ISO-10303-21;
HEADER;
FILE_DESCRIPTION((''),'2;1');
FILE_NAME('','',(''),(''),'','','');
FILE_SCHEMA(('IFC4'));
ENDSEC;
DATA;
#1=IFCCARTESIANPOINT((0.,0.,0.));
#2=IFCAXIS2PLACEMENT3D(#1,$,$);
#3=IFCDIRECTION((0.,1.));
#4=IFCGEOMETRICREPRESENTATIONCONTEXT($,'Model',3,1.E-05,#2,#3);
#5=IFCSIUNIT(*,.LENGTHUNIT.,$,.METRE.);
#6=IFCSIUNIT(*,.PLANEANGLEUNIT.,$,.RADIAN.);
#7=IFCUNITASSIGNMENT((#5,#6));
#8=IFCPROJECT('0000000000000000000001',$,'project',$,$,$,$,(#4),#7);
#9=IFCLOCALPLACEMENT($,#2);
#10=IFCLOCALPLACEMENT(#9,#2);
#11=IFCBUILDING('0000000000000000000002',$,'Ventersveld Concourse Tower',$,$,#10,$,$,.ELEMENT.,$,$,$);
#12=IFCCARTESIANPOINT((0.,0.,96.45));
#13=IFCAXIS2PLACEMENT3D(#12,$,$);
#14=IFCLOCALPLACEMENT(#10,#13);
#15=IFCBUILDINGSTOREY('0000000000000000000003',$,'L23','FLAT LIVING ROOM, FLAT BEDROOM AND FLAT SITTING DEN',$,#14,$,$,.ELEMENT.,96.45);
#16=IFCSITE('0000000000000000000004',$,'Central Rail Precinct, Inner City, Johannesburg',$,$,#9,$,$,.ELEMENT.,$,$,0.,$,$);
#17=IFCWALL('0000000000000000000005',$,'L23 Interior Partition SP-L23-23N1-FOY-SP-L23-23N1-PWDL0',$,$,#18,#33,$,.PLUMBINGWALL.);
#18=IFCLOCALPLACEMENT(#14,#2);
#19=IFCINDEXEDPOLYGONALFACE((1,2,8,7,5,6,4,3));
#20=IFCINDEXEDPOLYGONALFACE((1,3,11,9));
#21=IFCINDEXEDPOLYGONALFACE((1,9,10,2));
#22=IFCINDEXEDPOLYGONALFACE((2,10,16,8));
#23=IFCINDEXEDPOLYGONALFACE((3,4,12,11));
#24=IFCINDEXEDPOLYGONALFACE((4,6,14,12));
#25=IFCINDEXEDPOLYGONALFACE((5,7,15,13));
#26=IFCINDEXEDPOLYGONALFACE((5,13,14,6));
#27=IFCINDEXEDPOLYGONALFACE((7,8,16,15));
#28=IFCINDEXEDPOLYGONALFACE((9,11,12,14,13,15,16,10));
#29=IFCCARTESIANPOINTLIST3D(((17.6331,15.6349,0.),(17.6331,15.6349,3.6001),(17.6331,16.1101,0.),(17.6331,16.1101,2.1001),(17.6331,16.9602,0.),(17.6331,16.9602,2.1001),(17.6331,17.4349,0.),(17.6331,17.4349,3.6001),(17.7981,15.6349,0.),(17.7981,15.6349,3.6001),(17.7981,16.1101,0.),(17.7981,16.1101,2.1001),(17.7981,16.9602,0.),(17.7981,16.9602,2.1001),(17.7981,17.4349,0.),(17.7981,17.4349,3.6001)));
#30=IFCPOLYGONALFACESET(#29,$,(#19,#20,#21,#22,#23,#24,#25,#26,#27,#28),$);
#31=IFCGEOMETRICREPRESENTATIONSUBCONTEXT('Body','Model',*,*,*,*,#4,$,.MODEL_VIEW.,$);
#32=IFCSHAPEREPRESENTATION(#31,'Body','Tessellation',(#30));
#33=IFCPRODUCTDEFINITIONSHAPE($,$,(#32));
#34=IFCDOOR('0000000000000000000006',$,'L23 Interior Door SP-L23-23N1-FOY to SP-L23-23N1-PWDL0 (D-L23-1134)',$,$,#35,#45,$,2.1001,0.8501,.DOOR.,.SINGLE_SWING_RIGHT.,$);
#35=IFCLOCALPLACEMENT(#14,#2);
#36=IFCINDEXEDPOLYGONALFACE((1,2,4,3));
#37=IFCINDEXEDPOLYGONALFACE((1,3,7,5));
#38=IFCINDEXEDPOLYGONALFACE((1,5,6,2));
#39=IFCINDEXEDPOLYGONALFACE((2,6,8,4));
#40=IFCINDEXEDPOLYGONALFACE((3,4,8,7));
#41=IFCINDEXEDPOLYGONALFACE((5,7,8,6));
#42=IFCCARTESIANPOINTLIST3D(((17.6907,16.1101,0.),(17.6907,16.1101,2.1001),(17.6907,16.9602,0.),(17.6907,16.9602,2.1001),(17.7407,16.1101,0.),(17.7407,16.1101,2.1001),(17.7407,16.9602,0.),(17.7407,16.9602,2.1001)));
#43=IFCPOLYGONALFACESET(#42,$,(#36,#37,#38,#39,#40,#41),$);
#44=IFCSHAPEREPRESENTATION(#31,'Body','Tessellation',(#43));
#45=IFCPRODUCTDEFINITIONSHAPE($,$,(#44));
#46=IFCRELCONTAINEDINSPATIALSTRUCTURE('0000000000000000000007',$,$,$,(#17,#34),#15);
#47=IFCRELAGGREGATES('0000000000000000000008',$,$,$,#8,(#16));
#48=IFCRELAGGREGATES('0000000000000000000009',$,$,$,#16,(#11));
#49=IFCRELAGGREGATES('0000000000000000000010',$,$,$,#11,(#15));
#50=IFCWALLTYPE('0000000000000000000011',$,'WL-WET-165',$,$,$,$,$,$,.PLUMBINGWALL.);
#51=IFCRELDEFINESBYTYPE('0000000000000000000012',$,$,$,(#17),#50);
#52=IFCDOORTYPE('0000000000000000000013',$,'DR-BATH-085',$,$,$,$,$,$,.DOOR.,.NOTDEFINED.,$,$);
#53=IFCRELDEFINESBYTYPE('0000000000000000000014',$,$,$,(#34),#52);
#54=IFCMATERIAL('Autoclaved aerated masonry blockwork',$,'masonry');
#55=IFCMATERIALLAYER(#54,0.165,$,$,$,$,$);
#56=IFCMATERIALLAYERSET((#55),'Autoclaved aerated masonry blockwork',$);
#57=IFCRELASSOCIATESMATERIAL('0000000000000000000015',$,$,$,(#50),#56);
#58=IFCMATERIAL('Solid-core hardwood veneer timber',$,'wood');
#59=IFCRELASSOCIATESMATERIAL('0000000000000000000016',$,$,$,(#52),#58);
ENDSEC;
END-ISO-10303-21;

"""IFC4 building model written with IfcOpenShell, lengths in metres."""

from ifc_helpers import new_model, si_unit, direction, frame, frame_2d, origin, place, context, subcontext, project, spatial, rectangle, extrude, material, layer, layer_set, type_object, element, fill, save


model = new_model("IFC4")

# Units and contexts
model_context = context("Model", 3, precision=1e-05, world=origin(), true_north=direction((0.0, 1.0)))
body_context = subcontext(model_context, "Body", "Model", "MODEL_VIEW")
ifc_project = project(units=[si_unit("LENGTHUNIT", "METRE"), si_unit("PLANEANGLEUNIT", "RADIAN")], contexts=[model_context])

# Site, building, storey
site_placement = place(None, origin())
site = spatial("IfcSite", under=ifc_project, at=site_placement, Name="Central Rail Precinct, Inner City, Johannesburg", CompositionType="ELEMENT", RefElevation=0.0)
building_placement = place(site_placement, origin())
building = spatial("IfcBuilding", under=site, at=building_placement, Name="Ventersveld Concourse Tower", CompositionType="ELEMENT")
storey_placement = place(building_placement, frame((0.0, 0.0, 96.45)))
storey = spatial("IfcBuildingStorey", under=building, at=storey_placement, Name="L23", Description="FLAT LIVING ROOM, FLAT BEDROOM AND FLAT SITTING DEN", CompositionType="ELEMENT", Elevation=96.45)

# Shared definitions
ifc_material_1 = material(Name="Solid-core hardwood veneer timber", Category="wood")

# Shared definitions
ifc_material_2 = material(Name="Autoclaved aerated masonry blockwork", Category="masonry")

# Wall, opening, door
ifc_layer_1 = layer(ifc_material_2, 0.165)
ifc_layer_set_1 = layer_set([ifc_layer_1], Name="Autoclaved aerated masonry blockwork")
wall_type_1 = type_object("IfcWallType", Name="WL-WET-165", PredefinedType="PLUMBINGWALL", material=ifc_layer_set_1)
wall_1_placement = place(storey_placement, frame((17.7156, 15.635, 0.0), z_axis=(0.0, 0.0, 1.0), x_axis=(0.0, 1.0, 0.0)))
wall_1 = element("IfcWall", 1, at=wall_1_placement, inside=storey, type_object=wall_type_1, Name="L23 Interior Partition SP-L23-23N1-FOY-SP-L23-23N1-PWDL0", PredefinedType="PLUMBINGWALL", context=body_context, shape_type="SweptSolid", body=[
    extrude(rectangle(XDim=1.8, YDim=0.165, at=frame_2d((0.8999, 0.0))), origin(), (0.0, 0.0, 1.0), 3.6001),
])
opening_1_placement = place(wall_1_placement, frame((0.4751, 0.0, 0.0)))
opening_1 = element("IfcOpeningElement", 2, at=opening_1_placement, cuts=wall_1, PredefinedType="OPENING", context=body_context, shape_type="SweptSolid", body=[
    extrude(rectangle(XDim=0.8501, YDim=2.1001, at=frame_2d((0.425, 1.05))), frame((0.0, 0.0925, 0.0), z_axis=(0.0, -1.0, 0.0), x_axis=(1.0, 0.0, 0.0)), (0.0, 0.0, 1.0), 0.1851),
])
door_type_1 = type_object("IfcDoorType", Name="DR-BATH-085", OperationType="NOTDEFINED", PredefinedType="DOOR", material=ifc_material_1)
door_1_placement = place(opening_1_placement, origin())
door_1 = element("IfcDoor", 3, at=door_1_placement, inside=storey, type_object=door_type_1, Name="L23 Interior Door SP-L23-23N1-FOY to SP-L23-23N1-PWDL0 (D-L23-1134)", OperationType="SINGLE_SWING_RIGHT", OverallHeight=2.1001, OverallWidth=0.8501, PredefinedType="DOOR", context=body_context, shape_type="SweptSolid", body=[
    extrude(rectangle(XDim=0.8501, YDim=2.1001, at=frame_2d((0.425, 1.05))), frame((0.0, 0.0249, 0.0), z_axis=(0.0, -1.0, 0.0), x_axis=(1.0, 0.0, 0.0)), (0.0, 0.0, 1.0), 0.05),
])
fill(opening_1, door_1)

save(model, "model.ifc")
